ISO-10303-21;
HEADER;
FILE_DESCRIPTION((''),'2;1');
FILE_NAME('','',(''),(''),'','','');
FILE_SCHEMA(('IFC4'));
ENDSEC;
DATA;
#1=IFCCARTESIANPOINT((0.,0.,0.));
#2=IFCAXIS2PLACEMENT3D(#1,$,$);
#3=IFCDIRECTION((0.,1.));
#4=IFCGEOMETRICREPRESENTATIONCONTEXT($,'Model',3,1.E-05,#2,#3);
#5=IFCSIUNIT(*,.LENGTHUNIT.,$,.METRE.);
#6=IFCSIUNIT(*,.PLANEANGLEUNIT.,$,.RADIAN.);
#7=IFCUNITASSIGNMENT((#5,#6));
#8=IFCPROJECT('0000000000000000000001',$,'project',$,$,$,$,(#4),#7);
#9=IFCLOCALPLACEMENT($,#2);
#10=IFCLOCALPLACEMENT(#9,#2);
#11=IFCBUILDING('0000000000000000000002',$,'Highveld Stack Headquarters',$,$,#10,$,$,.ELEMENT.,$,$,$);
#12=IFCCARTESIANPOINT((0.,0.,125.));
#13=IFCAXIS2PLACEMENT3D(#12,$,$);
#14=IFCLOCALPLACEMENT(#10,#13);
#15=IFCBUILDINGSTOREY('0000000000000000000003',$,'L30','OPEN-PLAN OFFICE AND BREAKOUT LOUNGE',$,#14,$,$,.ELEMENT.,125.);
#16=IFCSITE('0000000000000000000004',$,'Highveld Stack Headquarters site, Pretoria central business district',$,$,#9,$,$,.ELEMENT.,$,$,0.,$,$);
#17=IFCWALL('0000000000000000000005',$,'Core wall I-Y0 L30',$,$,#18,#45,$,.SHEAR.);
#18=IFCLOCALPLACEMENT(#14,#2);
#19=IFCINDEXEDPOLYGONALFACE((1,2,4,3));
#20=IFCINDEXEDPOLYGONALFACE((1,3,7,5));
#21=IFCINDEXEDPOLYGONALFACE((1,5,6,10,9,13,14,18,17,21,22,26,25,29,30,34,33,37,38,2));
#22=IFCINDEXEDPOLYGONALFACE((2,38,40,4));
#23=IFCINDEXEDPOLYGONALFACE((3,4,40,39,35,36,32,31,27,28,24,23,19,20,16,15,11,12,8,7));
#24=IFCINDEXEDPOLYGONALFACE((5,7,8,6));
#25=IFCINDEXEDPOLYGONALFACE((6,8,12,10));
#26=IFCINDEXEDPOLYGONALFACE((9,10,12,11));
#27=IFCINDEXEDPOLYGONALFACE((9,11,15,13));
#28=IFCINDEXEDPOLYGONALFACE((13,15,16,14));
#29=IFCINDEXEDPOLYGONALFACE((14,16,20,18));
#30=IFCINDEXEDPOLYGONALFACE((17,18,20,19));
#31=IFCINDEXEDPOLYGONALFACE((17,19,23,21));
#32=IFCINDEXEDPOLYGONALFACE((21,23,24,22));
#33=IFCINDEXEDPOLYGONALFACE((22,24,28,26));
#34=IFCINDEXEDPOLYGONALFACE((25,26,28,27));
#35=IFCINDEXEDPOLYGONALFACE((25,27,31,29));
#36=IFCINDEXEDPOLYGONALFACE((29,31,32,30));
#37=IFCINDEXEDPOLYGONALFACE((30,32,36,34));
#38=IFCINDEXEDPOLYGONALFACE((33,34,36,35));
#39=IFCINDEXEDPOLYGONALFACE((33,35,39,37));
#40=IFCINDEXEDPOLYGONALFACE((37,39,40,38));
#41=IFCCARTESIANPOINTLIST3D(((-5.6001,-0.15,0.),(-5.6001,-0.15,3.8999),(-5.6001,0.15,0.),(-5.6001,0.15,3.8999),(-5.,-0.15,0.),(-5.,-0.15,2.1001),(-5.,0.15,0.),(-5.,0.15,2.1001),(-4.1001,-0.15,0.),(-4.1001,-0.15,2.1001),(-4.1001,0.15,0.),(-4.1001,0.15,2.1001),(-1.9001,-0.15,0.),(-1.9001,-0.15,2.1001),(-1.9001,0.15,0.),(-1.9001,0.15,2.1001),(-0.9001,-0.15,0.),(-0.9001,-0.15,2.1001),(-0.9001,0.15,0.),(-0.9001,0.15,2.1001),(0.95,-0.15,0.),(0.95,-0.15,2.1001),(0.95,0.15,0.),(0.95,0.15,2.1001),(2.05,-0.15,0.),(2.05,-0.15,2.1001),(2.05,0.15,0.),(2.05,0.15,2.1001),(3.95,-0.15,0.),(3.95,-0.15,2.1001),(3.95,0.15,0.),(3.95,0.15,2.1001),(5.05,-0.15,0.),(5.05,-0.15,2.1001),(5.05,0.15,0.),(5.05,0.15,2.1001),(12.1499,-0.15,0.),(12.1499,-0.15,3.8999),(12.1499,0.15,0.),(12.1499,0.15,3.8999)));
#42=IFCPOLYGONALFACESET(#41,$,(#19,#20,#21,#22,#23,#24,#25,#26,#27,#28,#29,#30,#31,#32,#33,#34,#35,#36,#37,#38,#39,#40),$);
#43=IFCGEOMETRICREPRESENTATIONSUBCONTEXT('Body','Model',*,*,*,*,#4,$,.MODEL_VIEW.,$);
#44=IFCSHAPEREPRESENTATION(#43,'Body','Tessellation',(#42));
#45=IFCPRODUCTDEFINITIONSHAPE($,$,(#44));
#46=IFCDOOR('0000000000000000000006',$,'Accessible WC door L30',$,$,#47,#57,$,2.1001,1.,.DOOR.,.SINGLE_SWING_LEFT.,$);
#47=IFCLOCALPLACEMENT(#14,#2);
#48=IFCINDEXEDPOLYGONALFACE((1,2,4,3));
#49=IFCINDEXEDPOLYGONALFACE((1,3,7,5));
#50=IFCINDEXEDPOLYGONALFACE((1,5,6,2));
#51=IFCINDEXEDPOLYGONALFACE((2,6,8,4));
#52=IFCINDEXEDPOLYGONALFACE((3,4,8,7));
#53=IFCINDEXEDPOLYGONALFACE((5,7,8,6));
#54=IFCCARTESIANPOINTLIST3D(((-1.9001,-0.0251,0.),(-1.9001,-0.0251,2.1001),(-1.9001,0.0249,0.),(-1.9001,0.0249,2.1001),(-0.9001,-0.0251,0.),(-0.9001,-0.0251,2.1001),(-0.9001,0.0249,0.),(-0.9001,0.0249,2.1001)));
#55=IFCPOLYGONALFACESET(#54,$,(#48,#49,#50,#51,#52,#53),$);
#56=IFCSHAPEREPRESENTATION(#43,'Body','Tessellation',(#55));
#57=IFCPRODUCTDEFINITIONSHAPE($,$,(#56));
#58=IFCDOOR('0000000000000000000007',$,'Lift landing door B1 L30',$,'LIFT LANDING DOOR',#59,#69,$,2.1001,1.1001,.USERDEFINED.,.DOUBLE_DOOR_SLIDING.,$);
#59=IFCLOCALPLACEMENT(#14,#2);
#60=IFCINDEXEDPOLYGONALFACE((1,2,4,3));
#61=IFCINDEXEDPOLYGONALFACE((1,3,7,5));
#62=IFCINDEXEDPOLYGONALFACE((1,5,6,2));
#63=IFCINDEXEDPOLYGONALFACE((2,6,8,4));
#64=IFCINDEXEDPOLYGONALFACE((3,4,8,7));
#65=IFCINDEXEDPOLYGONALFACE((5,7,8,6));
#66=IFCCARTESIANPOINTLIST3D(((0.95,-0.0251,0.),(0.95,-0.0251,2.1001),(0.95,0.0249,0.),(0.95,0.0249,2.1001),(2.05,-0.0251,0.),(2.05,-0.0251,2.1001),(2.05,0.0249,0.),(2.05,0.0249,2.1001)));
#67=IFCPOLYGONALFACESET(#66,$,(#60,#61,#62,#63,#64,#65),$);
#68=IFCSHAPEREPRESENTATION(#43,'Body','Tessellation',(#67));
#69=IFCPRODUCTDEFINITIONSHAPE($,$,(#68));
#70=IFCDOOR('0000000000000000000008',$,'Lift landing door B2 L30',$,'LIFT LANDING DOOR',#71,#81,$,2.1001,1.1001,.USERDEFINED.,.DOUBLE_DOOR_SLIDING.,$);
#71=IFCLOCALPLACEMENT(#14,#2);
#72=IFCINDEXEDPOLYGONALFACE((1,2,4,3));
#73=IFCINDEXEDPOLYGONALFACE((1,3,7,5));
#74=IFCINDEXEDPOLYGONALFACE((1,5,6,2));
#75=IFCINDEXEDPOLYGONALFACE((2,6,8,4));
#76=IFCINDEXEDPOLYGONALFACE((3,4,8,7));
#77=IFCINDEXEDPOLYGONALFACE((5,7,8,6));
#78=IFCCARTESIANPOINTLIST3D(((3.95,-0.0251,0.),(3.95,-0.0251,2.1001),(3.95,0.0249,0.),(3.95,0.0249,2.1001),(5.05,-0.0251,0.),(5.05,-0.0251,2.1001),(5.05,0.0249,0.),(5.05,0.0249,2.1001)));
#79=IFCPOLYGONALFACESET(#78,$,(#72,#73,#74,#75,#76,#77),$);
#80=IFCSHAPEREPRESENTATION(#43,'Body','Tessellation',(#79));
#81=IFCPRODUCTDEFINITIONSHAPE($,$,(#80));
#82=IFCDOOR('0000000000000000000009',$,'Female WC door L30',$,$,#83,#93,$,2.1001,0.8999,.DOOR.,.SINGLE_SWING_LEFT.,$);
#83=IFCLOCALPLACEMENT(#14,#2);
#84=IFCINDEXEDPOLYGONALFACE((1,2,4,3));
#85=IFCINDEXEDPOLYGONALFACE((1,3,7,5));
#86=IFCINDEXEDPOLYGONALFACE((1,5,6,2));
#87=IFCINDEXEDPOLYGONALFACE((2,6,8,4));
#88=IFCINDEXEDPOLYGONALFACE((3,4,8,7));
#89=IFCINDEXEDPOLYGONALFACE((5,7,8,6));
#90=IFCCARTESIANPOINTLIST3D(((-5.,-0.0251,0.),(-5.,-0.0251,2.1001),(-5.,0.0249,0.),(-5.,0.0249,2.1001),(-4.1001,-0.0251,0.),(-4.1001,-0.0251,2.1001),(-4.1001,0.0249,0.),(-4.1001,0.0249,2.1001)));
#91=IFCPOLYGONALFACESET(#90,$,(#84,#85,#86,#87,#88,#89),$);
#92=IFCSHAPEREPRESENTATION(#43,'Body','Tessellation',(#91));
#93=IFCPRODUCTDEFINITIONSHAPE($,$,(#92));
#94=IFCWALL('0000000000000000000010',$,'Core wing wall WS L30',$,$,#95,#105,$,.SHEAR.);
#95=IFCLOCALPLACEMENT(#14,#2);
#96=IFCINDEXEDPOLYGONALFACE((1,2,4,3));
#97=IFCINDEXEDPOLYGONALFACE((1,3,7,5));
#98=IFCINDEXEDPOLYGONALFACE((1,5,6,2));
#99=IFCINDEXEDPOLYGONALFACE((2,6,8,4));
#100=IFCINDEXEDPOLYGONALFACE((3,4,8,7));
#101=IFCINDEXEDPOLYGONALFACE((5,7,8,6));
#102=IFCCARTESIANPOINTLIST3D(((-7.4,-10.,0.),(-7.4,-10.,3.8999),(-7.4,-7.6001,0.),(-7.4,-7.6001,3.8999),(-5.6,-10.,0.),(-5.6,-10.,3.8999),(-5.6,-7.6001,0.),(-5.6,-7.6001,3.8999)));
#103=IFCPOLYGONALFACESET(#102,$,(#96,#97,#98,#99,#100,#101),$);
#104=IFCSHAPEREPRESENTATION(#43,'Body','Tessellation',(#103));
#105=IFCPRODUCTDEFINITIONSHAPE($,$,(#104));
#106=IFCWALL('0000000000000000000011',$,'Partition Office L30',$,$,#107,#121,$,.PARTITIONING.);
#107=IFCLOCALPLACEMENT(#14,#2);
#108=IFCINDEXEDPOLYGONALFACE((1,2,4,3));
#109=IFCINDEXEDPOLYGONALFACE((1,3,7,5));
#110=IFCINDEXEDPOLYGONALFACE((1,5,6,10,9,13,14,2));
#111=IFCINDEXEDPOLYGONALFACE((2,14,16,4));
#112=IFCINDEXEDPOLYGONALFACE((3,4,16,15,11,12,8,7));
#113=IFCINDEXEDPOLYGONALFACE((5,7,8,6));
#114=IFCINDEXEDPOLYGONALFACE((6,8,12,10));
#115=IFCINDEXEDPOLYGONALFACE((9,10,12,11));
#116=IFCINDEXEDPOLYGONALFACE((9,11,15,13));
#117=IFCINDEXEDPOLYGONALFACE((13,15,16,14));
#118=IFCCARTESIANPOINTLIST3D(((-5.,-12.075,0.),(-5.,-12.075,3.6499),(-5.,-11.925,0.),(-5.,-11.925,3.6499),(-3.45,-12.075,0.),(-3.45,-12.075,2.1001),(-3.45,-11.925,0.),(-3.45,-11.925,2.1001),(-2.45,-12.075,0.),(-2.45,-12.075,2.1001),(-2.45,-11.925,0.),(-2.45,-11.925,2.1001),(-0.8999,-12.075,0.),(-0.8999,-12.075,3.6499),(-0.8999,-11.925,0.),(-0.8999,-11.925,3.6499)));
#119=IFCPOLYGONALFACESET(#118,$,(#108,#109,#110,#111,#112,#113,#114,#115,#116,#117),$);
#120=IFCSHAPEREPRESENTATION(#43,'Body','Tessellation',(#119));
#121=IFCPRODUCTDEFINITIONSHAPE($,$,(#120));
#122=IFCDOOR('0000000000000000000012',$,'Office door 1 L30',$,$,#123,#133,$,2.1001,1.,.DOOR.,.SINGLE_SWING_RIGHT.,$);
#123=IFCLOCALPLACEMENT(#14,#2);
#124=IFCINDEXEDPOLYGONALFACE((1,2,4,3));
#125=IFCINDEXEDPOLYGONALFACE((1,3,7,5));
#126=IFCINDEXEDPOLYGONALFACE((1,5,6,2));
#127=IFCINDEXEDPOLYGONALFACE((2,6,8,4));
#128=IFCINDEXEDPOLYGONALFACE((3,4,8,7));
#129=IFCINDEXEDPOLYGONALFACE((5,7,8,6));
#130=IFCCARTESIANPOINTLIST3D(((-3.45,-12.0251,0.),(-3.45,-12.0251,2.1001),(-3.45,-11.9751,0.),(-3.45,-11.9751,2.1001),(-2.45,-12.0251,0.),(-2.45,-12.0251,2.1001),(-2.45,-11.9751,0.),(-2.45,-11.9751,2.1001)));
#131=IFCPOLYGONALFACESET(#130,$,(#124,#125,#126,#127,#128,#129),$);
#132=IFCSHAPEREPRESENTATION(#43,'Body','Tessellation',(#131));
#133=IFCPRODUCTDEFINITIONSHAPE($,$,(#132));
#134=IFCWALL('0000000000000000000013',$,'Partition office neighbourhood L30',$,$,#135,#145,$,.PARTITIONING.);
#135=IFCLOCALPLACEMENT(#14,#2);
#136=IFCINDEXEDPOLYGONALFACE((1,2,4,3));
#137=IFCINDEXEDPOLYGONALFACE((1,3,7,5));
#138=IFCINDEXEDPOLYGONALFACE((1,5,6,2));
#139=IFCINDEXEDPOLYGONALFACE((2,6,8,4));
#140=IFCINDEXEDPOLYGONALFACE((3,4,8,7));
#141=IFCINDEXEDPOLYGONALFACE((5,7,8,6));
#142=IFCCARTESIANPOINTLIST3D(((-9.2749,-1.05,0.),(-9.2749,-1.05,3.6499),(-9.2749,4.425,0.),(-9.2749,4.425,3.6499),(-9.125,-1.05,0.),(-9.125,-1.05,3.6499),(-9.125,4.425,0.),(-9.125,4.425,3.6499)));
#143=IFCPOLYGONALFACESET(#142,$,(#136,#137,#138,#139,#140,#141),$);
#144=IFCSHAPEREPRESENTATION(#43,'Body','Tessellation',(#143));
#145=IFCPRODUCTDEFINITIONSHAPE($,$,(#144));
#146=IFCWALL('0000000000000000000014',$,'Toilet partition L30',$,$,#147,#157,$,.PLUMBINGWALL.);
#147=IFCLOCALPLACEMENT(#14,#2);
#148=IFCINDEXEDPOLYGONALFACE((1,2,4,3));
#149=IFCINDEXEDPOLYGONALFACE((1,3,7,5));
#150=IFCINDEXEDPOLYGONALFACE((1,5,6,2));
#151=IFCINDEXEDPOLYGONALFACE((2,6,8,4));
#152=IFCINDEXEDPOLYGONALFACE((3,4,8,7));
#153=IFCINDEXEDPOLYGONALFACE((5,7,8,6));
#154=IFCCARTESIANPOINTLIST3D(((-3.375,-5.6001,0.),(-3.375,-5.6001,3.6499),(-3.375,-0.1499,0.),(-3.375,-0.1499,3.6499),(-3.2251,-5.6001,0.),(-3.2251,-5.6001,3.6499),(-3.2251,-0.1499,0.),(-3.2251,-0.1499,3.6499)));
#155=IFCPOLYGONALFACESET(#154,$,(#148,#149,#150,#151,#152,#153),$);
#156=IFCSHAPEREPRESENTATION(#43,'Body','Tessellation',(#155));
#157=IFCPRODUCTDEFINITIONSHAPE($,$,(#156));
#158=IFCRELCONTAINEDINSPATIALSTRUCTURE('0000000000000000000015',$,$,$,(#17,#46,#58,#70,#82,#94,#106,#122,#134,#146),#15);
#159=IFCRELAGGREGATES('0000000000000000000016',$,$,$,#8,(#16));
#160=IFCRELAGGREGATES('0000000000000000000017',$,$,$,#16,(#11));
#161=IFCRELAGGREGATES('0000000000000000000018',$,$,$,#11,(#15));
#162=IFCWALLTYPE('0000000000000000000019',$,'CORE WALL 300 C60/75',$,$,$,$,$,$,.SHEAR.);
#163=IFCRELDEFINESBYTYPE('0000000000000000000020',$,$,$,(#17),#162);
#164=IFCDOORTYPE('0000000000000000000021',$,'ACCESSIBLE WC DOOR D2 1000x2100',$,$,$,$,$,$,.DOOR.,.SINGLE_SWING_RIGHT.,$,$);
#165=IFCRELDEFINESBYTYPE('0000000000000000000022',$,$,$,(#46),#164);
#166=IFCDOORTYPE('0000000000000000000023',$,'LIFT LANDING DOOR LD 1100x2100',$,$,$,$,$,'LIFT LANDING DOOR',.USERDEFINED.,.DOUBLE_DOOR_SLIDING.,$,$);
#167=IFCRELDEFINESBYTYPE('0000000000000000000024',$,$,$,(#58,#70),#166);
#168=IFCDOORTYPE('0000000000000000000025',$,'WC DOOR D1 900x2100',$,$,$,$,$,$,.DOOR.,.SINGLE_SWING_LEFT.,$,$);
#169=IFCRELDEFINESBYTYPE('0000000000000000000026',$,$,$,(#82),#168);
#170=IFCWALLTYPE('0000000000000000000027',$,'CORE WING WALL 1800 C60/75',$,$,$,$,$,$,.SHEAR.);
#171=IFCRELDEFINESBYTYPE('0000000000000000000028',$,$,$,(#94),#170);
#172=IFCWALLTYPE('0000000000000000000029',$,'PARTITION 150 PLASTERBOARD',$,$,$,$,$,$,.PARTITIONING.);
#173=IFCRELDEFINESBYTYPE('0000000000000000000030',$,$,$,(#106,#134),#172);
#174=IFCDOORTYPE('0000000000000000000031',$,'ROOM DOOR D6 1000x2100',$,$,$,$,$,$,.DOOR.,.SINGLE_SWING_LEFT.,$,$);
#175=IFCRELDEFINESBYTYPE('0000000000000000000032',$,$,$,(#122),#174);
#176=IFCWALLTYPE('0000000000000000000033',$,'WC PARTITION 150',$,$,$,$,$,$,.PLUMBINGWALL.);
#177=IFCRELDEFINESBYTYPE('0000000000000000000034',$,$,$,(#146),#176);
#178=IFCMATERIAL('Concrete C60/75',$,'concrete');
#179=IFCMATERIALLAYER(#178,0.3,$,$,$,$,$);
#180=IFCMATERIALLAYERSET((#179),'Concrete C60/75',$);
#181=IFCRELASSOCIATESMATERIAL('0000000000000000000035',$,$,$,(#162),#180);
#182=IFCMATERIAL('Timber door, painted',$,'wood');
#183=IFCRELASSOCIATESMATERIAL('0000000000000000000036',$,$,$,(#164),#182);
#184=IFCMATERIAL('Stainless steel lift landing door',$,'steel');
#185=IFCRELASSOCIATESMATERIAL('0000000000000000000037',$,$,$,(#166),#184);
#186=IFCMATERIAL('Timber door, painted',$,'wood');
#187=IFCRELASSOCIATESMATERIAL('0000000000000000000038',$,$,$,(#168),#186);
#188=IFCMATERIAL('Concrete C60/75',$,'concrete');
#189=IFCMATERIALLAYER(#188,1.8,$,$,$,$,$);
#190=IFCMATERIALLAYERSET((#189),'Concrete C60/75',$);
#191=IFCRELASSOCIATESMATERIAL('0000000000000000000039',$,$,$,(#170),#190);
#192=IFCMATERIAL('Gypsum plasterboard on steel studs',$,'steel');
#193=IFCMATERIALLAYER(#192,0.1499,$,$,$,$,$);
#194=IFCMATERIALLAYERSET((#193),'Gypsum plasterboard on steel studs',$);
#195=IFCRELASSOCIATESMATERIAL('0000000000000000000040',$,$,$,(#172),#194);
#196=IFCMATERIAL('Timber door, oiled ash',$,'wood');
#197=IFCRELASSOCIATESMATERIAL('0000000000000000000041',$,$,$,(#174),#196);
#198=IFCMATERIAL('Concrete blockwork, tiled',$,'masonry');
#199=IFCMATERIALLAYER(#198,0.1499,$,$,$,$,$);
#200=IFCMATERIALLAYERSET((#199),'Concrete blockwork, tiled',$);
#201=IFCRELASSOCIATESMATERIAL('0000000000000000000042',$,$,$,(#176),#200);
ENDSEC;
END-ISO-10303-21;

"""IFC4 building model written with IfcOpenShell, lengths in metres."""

from ifc_helpers import new_model, si_unit, direction, frame, frame_2d, origin, place, context, subcontext, project, spatial, rectangle, extrude, material, layer, layer_set, type_object, element, fill, save


model = new_model("IFC4")

# Units and contexts
model_context = context("Model", 3, precision=1e-05, world=origin(), true_north=direction((0.0, 1.0)))
body_context = subcontext(model_context, "Body", "Model", "MODEL_VIEW")
ifc_project = project(units=[si_unit("LENGTHUNIT", "METRE"), si_unit("PLANEANGLEUNIT", "RADIAN")], contexts=[model_context])

# Site, building, storey
site_placement = place(None, origin())
site = spatial("IfcSite", under=ifc_project, at=site_placement, Name="Highveld Stack Headquarters site, Pretoria central business district", CompositionType="ELEMENT", RefElevation=0.0)
building_placement = place(site_placement, origin())
building = spatial("IfcBuilding", under=site, at=building_placement, Name="Highveld Stack Headquarters", CompositionType="ELEMENT")
storey_placement = place(building_placement, frame((0.0, 0.0, 125.0)))
storey = spatial("IfcBuildingStorey", under=building, at=storey_placement, Name="L30", Description="OPEN-PLAN OFFICE AND BREAKOUT LOUNGE", CompositionType="ELEMENT", Elevation=125.0)

# Wall, openings, doors
ifc_material_1 = material(Name="Concrete C60/75", Category="concrete")
ifc_layer_1 = layer(ifc_material_1, 0.3)
ifc_layer_set_1 = layer_set([ifc_layer_1], Name="Concrete C60/75")
wall_type_1 = type_object("IfcWallType", Name="CORE WALL 300 C60/75", PredefinedType="SHEAR", material=ifc_layer_set_1)
wall_1_placement = place(storey_placement, frame((-5.6001, 0.0, 0.0), z_axis=(0.0, 0.0, 1.0), x_axis=(1.0, 0.0, 0.0)))
wall_1 = element("IfcWall", 1, at=wall_1_placement, inside=storey, type_object=wall_type_1, Name="Core wall I-Y0 L30", PredefinedType="SHEAR", context=body_context, shape_type="SweptSolid", body=[
    extrude(rectangle(XDim=17.75, YDim=0.3, at=frame_2d((8.875, 0.0))), origin(), (0.0, 0.0, 1.0), 3.8999),
])
opening_1_placement = place(wall_1_placement, frame((0.6001, 0.0, 0.0)))
opening_1 = element("IfcOpeningElement", 2, at=opening_1_placement, cuts=wall_1, PredefinedType="OPENING", context=body_context, shape_type="SweptSolid", body=[
    extrude(rectangle(XDim=0.8999, YDim=2.1001, at=frame_2d((0.45, 1.05))), frame((0.0, 0.1599, 0.0), z_axis=(0.0, -1.0, 0.0), x_axis=(1.0, 0.0, 0.0)), (0.0, 0.0, 1.0), 0.3201),
])
opening_2_placement = place(wall_1_placement, frame((3.7, 0.0, 0.0)))
opening_2 = element("IfcOpeningElement", 3, at=opening_2_placement, cuts=wall_1, PredefinedType="OPENING", context=body_context, shape_type="SweptSolid", body=[
    extrude(rectangle(XDim=1.0, YDim=2.1001, at=frame_2d((0.5, 1.05))), frame((0.0, 0.1599, 0.0), z_axis=(0.0, -1.0, 0.0), x_axis=(1.0, 0.0, 0.0)), (0.0, 0.0, 1.0), 0.3201),
])
opening_3_placement = place(wall_1_placement, frame((6.55, 0.0, 0.0)))
opening_3 = element("IfcOpeningElement", 4, at=opening_3_placement, cuts=wall_1, PredefinedType="OPENING", context=body_context, shape_type="SweptSolid", body=[
    extrude(rectangle(XDim=1.1001, YDim=2.1001, at=frame_2d((0.55, 1.05))), frame((0.0, 0.1599, 0.0), z_axis=(0.0, -1.0, 0.0), x_axis=(1.0, 0.0, 0.0)), (0.0, 0.0, 1.0), 0.3201),
])
opening_4_placement = place(wall_1_placement, frame((9.55, 0.0, 0.0)))
opening_4 = element("IfcOpeningElement", 5, at=opening_4_placement, cuts=wall_1, PredefinedType="OPENING", context=body_context, shape_type="SweptSolid", body=[
    extrude(rectangle(XDim=1.1001, YDim=2.1001, at=frame_2d((0.55, 1.05))), frame((0.0, 0.1599, 0.0), z_axis=(0.0, -1.0, 0.0), x_axis=(1.0, 0.0, 0.0)), (0.0, 0.0, 1.0), 0.3201),
])
ifc_material_2 = material(Name="Timber door, painted", Category="wood")
door_type_1 = type_object("IfcDoorType", Name="ACCESSIBLE WC DOOR D2 1000x2100", OperationType="SINGLE_SWING_RIGHT", PredefinedType="DOOR", material=ifc_material_2)
door_1_placement = place(opening_2_placement, origin())
door_1 = element("IfcDoor", 6, at=door_1_placement, inside=storey, type_object=door_type_1, Name="Accessible WC door L30", OperationType="SINGLE_SWING_LEFT", OverallHeight=2.1001, OverallWidth=1.0, PredefinedType="DOOR", context=body_context, shape_type="SweptSolid", body=[
    extrude(rectangle(XDim=1.0, YDim=2.1001, at=frame_2d((0.5, 1.05))), frame((0.0, 0.0249, 0.0), z_axis=(0.0, -1.0, 0.0), x_axis=(1.0, 0.0, 0.0)), (0.0, 0.0, 1.0), 0.05),
])
fill(opening_2, door_1)
ifc_material_3 = material(Name="Stainless steel lift landing door", Category="steel")
door_type_2 = type_object("IfcDoorType", Name="LIFT LANDING DOOR LD 1100x2100", ElementType="LIFT LANDING DOOR", OperationType="DOUBLE_DOOR_SLIDING", PredefinedType="USERDEFINED", material=ifc_material_3)
door_2_placement = place(opening_3_placement, origin())
door_2 = element("IfcDoor", 7, at=door_2_placement, inside=storey, type_object=door_type_2, Name="Lift landing door B1 L30", ObjectType="LIFT LANDING DOOR", OperationType="DOUBLE_DOOR_SLIDING", OverallHeight=2.1001, OverallWidth=1.1001, PredefinedType="USERDEFINED", context=body_context, shape_type="SweptSolid", body=[
    extrude(rectangle(XDim=1.1001, YDim=2.1001, at=frame_2d((0.55, 1.05))), frame((0.0, 0.0249, 0.0), z_axis=(0.0, -1.0, 0.0), x_axis=(1.0, 0.0, 0.0)), (0.0, 0.0, 1.0), 0.05),
])
fill(opening_3, door_2)
door_3_placement = place(opening_4_placement, origin())
door_3 = element("IfcDoor", 8, at=door_3_placement, inside=storey, type_object=door_type_2, Name="Lift landing door B2 L30", ObjectType="LIFT LANDING DOOR", OperationType="DOUBLE_DOOR_SLIDING", OverallHeight=2.1001, OverallWidth=1.1001, PredefinedType="USERDEFINED", context=body_context, shape_type="SweptSolid", body=[
    extrude(rectangle(XDim=1.1001, YDim=2.1001, at=frame_2d((0.55, 1.05))), frame((0.0, 0.0249, 0.0), z_axis=(0.0, -1.0, 0.0), x_axis=(1.0, 0.0, 0.0)), (0.0, 0.0, 1.0), 0.05),
])
fill(opening_4, door_3)
ifc_material_4 = material(Name="Timber door, painted", Category="wood")
door_type_3 = type_object("IfcDoorType", Name="WC DOOR D1 900x2100", OperationType="SINGLE_SWING_LEFT", PredefinedType="DOOR", material=ifc_material_4)
door_4_placement = place(opening_1_placement, origin())
door_4 = element("IfcDoor", 9, at=door_4_placement, inside=storey, type_object=door_type_3, Name="Female WC door L30", OperationType="SINGLE_SWING_LEFT", OverallHeight=2.1001, OverallWidth=0.8999, PredefinedType="DOOR", context=body_context, shape_type="SweptSolid", body=[
    extrude(rectangle(XDim=0.8999, YDim=2.1001, at=frame_2d((0.45, 1.05))), frame((0.0, 0.0249, 0.0), z_axis=(0.0, -1.0, 0.0), x_axis=(1.0, 0.0, 0.0)), (0.0, 0.0, 1.0), 0.05),
])
fill(opening_1, door_4)

# Wall
ifc_material_5 = material(Name="Concrete C60/75", Category="concrete")
ifc_layer_2 = layer(ifc_material_5, 1.8)
ifc_layer_set_2 = layer_set([ifc_layer_2], Name="Concrete C60/75")
wall_type_2 = type_object("IfcWallType", Name="CORE WING WALL 1800 C60/75", PredefinedType="SHEAR", material=ifc_layer_set_2)
wall_2_placement = place(storey_placement, frame((-6.5, -10.0, 0.0), z_axis=(0.0, 0.0, 1.0), x_axis=(0.0, 1.0, 0.0)))
element("IfcWall", 10, at=wall_2_placement, inside=storey, type_object=wall_type_2, Name="Core wing wall WS L30", PredefinedType="SHEAR", context=body_context, shape_type="SweptSolid", body=[
    extrude(rectangle(XDim=2.3999, YDim=1.8, at=frame_2d((1.2, 0.0))), origin(), (0.0, 0.0, 1.0), 3.8999),
])

# Wall, opening, door
ifc_material_6 = material(Name="Gypsum plasterboard on steel studs", Category="steel")
ifc_layer_3 = layer(ifc_material_6, 0.1499)
ifc_layer_set_3 = layer_set([ifc_layer_3], Name="Gypsum plasterboard on steel studs")
wall_type_3 = type_object("IfcWallType", Name="PARTITION 150 PLASTERBOARD", PredefinedType="PARTITIONING", material=ifc_layer_set_3)
wall_3_placement = place(storey_placement, frame((-5.0, -12.0, 0.0), z_axis=(0.0, 0.0, 1.0), x_axis=(1.0, 0.0, 0.0)))
wall_3 = element("IfcWall", 11, at=wall_3_placement, inside=storey, type_object=wall_type_3, Name="Partition Office L30", PredefinedType="PARTITIONING", context=body_context, shape_type="SweptSolid", body=[
    extrude(rectangle(XDim=4.1001, YDim=0.1499, at=frame_2d((2.05, 0.0))), origin(), (0.0, 0.0, 1.0), 3.6499),
])
opening_5_placement = place(wall_3_placement, frame((1.55, 0.0, 0.0)))
opening_5 = element("IfcOpeningElement", 12, at=opening_5_placement, cuts=wall_3, PredefinedType="OPENING", context=body_context, shape_type="SweptSolid", body=[
    extrude(rectangle(XDim=1.0, YDim=2.1001, at=frame_2d((0.5, 1.05))), frame((0.0, 0.085, 0.0), z_axis=(0.0, -1.0, 0.0), x_axis=(1.0, 0.0, 0.0)), (0.0, 0.0, 1.0), 0.1699),
])
ifc_material_7 = material(Name="Timber door, oiled ash", Category="wood")
door_type_4 = type_object("IfcDoorType", Name="ROOM DOOR D6 1000x2100", OperationType="SINGLE_SWING_LEFT", PredefinedType="DOOR", material=ifc_material_7)
door_5_placement = place(opening_5_placement, origin())
door_5 = element("IfcDoor", 13, at=door_5_placement, inside=storey, type_object=door_type_4, Name="Office door 1 L30", OperationType="SINGLE_SWING_RIGHT", OverallHeight=2.1001, OverallWidth=1.0, PredefinedType="DOOR", context=body_context, shape_type="SweptSolid", body=[
    extrude(rectangle(XDim=1.0, YDim=2.1001, at=frame_2d((0.5, 1.05))), frame((0.0, 0.0249, 0.0), z_axis=(0.0, -1.0, 0.0), x_axis=(1.0, 0.0, 0.0)), (0.0, 0.0, 1.0), 0.05),
])
fill(opening_5, door_5)

# Walls
wall_4_placement = place(storey_placement, frame((-9.2, -1.05, 0.0), z_axis=(0.0, 0.0, 1.0), x_axis=(0.0, 1.0, 0.0)))
element("IfcWall", 14, at=wall_4_placement, inside=storey, type_object=wall_type_3, Name="Partition office neighbourhood L30", PredefinedType="PARTITIONING", context=body_context, shape_type="SweptSolid", body=[
    extrude(rectangle(XDim=5.4751, YDim=0.1499, at=frame_2d((2.7375, 0.0))), origin(), (0.0, 0.0, 1.0), 3.6499),
])
ifc_material_8 = material(Name="Concrete blockwork, tiled", Category="masonry")
ifc_layer_4 = layer(ifc_material_8, 0.1499)
ifc_layer_set_4 = layer_set([ifc_layer_4], Name="Concrete blockwork, tiled")
wall_type_4 = type_object("IfcWallType", Name="WC PARTITION 150", PredefinedType="PLUMBINGWALL", material=ifc_layer_set_4)
wall_5_placement = place(storey_placement, frame((-3.3, -5.6001, 0.0), z_axis=(0.0, 0.0, 1.0), x_axis=(0.0, 1.0, 0.0)))
element("IfcWall", 15, at=wall_5_placement, inside=storey, type_object=wall_type_4, Name="Toilet partition L30", PredefinedType="PLUMBINGWALL", context=body_context, shape_type="SweptSolid", body=[
    extrude(rectangle(XDim=5.4502, YDim=0.1499, at=frame_2d((2.7251, 0.0))), origin(), (0.0, 0.0, 1.0), 3.6499),
])

save(model, "model.ifc")
